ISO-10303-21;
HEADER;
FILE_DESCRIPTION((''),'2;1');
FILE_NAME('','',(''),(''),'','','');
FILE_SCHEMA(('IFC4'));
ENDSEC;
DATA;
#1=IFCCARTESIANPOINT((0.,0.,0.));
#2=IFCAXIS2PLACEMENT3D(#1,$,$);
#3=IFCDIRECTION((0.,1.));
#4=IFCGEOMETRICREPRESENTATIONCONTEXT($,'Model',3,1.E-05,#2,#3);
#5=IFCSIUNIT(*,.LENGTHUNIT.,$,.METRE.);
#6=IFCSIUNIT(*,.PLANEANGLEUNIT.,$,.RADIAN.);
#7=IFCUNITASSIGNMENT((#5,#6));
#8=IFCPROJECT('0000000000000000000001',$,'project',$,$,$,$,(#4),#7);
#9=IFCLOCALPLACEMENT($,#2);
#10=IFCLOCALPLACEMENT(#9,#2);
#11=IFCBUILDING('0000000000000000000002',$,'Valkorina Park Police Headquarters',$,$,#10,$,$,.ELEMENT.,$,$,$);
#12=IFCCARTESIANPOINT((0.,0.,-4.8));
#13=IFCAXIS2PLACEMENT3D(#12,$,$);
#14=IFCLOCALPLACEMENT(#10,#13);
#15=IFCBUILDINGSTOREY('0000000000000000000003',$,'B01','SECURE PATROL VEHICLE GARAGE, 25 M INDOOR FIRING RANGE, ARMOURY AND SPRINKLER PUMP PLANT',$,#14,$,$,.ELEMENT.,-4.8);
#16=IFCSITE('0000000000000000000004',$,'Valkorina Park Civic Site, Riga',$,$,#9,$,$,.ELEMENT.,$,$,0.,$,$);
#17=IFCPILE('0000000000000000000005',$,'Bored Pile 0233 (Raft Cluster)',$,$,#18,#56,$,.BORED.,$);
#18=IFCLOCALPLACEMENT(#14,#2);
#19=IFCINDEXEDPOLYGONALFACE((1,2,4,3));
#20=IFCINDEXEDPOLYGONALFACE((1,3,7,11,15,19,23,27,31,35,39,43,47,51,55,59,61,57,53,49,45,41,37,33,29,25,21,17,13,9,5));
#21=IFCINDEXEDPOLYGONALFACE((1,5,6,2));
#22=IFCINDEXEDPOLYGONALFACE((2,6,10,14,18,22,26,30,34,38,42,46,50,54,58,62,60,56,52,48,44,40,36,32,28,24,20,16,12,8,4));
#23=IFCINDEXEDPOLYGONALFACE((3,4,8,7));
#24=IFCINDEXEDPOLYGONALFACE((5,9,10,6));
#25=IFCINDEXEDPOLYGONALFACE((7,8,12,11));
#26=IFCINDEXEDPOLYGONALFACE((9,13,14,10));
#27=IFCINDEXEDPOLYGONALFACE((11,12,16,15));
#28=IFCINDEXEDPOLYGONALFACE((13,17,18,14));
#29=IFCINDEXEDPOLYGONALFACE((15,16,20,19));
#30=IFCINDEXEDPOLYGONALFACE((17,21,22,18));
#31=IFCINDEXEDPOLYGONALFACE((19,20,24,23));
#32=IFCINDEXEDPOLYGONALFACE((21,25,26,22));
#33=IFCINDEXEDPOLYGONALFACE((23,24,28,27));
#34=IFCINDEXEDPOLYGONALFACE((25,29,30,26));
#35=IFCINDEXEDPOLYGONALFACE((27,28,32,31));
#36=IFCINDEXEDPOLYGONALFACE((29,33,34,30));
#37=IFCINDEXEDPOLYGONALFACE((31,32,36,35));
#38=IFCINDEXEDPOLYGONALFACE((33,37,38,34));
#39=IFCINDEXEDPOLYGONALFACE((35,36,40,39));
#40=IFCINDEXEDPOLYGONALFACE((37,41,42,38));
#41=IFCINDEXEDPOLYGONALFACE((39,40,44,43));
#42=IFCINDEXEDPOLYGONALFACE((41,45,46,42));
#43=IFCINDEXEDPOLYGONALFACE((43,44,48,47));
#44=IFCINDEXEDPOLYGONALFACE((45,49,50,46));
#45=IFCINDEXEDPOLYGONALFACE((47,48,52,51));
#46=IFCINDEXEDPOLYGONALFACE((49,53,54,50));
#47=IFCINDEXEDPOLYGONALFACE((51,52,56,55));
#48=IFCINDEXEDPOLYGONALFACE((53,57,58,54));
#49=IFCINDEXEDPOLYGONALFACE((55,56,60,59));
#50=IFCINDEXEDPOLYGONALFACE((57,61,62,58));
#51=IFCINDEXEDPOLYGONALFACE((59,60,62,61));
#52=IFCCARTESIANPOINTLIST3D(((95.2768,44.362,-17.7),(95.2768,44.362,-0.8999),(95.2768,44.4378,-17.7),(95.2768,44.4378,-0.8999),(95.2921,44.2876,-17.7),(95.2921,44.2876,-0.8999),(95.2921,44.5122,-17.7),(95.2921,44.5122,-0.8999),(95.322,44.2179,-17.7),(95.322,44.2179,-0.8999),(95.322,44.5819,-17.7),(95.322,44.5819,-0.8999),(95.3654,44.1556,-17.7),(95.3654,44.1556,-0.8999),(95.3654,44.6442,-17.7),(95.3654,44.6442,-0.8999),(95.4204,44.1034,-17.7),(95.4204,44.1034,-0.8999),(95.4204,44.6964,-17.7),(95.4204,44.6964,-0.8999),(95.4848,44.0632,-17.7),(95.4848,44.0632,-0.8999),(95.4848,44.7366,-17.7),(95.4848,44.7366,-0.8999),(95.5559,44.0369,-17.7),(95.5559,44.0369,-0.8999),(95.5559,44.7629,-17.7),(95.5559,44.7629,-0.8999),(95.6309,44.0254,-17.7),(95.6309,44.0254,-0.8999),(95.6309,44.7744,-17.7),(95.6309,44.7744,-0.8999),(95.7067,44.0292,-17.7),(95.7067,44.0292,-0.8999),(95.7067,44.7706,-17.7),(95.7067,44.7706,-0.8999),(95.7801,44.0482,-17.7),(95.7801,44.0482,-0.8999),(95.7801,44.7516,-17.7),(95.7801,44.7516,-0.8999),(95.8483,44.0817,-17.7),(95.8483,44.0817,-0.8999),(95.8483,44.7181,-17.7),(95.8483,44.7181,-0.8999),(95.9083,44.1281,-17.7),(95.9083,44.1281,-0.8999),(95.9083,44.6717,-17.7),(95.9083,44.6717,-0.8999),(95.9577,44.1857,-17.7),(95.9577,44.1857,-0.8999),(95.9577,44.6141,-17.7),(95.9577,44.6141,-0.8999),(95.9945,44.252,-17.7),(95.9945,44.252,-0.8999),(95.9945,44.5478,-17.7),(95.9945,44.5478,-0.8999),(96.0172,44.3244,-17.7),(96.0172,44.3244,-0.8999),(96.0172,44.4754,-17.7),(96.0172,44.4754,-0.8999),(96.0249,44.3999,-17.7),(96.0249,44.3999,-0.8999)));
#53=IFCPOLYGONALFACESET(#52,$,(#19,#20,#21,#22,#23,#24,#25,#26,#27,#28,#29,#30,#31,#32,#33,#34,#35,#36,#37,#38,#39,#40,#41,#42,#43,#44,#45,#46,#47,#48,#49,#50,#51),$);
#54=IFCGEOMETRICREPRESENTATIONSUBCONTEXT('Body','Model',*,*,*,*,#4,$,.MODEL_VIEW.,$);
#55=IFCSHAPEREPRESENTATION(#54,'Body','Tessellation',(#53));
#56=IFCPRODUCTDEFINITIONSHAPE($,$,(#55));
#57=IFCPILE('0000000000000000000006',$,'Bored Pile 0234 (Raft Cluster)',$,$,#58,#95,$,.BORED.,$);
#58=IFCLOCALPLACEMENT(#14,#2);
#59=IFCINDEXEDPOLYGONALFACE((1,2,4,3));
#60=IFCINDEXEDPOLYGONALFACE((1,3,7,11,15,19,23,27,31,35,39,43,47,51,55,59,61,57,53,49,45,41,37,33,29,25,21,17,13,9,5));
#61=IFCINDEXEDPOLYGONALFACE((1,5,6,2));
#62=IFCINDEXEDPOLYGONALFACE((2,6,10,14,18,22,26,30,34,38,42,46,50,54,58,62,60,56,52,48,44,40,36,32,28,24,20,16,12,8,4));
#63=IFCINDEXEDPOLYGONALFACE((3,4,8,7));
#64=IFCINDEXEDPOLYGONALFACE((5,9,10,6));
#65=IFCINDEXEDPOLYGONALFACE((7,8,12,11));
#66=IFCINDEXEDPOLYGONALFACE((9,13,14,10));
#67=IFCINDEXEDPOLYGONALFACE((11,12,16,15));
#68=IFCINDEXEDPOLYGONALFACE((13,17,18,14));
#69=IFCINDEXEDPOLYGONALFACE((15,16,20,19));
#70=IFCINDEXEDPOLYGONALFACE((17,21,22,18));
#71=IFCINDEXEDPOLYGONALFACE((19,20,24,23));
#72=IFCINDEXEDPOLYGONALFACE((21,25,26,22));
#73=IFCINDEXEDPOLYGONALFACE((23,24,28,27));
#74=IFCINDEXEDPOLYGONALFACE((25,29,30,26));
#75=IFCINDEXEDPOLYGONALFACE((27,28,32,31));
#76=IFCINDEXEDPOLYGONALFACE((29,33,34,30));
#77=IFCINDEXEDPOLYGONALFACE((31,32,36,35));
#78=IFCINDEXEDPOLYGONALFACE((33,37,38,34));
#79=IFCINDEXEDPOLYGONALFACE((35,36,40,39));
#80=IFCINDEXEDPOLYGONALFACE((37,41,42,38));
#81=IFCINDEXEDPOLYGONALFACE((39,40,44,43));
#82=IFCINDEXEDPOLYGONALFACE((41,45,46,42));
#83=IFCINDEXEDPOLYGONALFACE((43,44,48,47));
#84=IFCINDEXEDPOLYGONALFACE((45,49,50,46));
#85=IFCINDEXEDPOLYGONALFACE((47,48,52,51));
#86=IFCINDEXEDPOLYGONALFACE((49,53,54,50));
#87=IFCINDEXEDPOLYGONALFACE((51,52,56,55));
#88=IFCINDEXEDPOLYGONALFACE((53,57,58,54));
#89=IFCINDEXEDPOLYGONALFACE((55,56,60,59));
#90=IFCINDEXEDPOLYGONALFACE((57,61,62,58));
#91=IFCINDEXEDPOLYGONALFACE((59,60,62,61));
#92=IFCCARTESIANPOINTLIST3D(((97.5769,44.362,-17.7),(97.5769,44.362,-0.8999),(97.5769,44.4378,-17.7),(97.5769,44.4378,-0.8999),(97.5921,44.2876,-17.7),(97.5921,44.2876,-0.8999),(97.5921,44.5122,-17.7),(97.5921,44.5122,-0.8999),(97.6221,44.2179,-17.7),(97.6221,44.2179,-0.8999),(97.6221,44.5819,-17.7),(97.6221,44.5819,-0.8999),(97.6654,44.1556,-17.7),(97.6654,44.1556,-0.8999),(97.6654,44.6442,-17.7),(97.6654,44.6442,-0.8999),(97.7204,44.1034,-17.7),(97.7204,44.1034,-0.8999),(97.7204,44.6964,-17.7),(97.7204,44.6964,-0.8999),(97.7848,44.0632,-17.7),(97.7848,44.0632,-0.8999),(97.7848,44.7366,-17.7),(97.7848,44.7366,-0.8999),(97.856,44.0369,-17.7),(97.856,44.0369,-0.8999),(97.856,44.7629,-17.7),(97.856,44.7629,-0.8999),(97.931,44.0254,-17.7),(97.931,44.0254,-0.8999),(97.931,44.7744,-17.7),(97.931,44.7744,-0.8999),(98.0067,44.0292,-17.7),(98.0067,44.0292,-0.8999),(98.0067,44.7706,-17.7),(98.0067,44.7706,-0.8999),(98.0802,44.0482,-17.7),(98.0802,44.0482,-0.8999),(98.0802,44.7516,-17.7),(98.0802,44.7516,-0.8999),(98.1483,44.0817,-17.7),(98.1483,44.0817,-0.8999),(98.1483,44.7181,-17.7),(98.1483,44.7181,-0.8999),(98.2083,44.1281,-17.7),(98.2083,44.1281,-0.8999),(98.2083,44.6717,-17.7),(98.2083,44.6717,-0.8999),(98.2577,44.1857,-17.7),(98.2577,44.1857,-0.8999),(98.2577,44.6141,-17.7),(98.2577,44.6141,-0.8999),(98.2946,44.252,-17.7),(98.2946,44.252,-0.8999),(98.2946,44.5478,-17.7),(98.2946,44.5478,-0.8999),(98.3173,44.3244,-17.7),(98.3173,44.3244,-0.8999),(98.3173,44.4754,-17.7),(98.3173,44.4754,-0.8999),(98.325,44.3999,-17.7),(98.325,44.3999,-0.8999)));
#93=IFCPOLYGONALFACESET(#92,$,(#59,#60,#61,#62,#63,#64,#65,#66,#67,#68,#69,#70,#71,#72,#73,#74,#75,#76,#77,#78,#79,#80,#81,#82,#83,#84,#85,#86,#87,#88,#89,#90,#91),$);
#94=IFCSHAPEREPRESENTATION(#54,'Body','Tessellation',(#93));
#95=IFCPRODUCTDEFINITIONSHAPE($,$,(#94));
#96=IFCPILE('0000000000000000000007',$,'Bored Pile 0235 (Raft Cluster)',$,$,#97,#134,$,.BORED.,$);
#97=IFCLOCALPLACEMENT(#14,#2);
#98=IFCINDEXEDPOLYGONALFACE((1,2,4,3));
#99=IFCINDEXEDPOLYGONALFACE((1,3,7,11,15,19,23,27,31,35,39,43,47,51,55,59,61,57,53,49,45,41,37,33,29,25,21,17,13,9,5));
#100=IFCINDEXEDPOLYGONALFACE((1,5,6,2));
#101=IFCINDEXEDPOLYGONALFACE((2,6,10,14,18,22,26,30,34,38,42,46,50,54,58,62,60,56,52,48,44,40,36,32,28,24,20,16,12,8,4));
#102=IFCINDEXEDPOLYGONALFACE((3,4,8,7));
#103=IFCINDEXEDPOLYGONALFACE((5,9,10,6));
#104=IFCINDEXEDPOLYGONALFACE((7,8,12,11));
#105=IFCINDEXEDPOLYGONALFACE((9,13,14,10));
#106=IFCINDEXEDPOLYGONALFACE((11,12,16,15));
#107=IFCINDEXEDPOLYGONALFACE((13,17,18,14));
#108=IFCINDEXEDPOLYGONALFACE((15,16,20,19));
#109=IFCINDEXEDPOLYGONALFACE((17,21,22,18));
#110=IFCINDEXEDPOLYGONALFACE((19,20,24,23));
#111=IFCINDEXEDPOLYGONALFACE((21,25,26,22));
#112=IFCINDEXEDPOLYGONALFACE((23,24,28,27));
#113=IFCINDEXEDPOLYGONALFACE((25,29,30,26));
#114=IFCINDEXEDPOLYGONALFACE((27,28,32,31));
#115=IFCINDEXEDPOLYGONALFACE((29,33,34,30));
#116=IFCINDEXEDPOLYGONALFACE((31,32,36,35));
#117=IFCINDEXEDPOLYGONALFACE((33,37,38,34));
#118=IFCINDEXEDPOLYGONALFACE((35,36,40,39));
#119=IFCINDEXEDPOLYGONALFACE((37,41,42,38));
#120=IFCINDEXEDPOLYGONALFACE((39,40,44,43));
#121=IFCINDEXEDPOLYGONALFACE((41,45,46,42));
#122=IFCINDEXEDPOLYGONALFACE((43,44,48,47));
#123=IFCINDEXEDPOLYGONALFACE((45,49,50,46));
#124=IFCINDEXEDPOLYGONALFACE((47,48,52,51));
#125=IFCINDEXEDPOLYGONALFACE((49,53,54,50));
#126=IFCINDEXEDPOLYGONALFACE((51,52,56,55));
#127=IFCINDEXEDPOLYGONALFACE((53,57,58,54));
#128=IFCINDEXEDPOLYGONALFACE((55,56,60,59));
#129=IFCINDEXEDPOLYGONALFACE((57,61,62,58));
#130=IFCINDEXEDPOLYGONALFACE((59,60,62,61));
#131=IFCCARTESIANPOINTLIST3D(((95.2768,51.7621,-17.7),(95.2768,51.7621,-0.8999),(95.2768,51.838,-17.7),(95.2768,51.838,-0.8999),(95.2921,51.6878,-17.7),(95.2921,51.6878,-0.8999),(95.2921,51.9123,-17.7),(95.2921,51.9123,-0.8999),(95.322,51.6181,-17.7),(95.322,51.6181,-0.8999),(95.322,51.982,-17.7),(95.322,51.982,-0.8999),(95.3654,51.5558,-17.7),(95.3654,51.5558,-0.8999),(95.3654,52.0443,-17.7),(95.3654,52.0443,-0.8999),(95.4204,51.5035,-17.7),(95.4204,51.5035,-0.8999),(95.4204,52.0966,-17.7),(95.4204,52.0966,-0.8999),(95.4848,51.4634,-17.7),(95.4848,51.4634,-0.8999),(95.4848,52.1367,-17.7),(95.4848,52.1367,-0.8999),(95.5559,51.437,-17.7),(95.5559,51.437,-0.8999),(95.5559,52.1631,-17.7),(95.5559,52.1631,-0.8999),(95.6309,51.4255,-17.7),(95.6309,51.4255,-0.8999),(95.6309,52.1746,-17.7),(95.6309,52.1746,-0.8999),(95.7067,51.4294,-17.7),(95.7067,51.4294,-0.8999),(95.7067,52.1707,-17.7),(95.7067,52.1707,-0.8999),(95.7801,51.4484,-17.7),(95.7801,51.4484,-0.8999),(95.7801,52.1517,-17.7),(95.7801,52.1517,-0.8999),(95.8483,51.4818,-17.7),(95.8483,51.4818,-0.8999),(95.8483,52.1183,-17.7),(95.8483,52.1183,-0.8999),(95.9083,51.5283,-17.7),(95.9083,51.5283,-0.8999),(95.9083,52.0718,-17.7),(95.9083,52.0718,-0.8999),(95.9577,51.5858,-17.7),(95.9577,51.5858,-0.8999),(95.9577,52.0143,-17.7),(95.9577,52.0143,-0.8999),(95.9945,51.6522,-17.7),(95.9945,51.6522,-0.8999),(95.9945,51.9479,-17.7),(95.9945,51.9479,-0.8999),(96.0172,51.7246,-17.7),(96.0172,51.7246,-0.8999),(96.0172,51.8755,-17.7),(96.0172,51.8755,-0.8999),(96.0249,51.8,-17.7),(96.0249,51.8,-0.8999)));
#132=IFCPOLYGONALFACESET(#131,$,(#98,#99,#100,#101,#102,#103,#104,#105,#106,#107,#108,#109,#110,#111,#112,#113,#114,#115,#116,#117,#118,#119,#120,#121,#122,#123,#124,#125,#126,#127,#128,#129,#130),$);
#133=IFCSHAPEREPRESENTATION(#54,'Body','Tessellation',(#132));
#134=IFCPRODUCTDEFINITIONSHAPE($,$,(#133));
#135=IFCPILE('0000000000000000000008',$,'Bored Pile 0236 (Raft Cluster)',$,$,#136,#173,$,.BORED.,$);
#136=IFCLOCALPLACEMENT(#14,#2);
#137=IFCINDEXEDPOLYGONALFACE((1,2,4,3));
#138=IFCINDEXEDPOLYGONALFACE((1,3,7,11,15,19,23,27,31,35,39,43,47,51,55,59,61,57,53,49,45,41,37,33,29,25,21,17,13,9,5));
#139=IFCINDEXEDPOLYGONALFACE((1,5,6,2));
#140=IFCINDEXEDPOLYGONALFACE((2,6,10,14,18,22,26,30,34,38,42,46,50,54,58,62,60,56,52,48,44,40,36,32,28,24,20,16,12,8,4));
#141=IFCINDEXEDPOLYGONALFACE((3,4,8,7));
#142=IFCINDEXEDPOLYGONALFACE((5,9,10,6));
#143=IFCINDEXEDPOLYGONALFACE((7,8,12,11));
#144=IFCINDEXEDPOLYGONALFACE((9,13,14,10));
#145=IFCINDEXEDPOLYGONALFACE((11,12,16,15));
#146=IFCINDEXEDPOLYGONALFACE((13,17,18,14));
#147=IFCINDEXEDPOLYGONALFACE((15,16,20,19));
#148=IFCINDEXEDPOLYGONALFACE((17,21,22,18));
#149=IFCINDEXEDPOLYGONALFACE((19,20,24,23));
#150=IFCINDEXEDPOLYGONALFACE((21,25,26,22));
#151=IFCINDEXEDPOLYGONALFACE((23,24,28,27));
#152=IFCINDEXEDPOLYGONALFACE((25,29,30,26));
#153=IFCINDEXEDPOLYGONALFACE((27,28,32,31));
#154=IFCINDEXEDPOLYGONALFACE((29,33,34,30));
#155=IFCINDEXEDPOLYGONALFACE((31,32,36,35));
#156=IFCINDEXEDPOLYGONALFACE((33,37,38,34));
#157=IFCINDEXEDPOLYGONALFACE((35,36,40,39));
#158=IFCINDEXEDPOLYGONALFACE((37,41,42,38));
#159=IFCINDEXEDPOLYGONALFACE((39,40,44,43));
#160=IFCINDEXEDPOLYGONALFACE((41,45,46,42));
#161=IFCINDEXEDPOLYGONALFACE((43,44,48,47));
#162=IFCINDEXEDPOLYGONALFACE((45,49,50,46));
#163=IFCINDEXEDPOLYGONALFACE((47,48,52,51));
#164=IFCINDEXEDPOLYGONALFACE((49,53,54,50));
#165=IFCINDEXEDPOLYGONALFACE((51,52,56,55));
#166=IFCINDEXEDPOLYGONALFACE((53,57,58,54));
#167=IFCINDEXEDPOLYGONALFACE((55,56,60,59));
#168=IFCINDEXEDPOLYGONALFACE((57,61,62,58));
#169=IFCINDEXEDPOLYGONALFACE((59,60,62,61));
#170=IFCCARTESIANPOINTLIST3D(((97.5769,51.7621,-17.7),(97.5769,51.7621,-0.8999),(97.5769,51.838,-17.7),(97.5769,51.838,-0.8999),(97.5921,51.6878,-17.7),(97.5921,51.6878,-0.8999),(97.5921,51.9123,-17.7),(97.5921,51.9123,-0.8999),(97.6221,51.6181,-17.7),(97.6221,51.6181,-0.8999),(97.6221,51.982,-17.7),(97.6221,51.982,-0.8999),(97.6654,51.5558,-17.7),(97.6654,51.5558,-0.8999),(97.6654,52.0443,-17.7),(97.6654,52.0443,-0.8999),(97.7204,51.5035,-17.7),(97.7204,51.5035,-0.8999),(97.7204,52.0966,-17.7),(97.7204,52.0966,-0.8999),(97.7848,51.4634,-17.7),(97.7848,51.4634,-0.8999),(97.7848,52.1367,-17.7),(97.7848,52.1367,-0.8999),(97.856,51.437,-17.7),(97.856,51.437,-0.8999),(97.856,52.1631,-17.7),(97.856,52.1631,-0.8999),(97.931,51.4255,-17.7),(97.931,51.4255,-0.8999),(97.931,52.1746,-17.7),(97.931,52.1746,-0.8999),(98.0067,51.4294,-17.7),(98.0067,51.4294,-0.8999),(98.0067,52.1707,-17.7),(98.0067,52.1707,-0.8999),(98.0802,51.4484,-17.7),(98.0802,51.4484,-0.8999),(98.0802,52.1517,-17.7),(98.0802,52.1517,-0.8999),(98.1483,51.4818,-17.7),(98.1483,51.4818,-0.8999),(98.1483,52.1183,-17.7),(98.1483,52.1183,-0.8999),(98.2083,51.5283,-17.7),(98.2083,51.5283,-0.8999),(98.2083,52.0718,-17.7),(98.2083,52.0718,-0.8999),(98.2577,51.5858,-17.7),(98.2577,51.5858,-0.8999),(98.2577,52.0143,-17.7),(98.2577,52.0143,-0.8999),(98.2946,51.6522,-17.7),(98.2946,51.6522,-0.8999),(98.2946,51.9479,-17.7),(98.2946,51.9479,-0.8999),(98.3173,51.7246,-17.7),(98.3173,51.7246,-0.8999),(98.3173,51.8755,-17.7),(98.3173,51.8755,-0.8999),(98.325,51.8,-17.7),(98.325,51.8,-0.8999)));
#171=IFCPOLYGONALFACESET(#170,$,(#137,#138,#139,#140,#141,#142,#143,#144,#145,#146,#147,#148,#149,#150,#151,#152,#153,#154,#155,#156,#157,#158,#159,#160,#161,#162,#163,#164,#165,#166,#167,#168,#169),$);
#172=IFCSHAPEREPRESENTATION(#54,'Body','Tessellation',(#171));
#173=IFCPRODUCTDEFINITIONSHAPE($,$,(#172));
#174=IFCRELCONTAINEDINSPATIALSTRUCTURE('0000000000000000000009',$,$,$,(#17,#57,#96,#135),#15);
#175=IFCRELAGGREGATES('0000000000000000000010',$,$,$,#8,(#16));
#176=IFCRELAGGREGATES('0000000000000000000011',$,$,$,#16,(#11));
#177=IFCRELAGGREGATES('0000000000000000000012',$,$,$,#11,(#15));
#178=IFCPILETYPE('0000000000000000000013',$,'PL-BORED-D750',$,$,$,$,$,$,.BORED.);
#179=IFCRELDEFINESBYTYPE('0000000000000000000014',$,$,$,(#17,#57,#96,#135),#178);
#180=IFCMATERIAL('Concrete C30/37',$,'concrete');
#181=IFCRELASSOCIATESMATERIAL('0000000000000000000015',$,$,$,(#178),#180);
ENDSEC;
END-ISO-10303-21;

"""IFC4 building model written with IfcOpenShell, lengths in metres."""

from ifc_helpers import new_model, si_unit, direction, frame, origin, origin_2d, place, context, subcontext, project, spatial, circle, extrude, material, material_profile, profile_set, type_object, element, save


model = new_model("IFC4")

# Units and contexts
model_context = context("Model", 3, precision=1e-05, world=origin(), true_north=direction((0.0, 1.0)))
body_context = subcontext(model_context, "Body", "Model", "MODEL_VIEW")
ifc_project = project(units=[si_unit("LENGTHUNIT", "METRE"), si_unit("PLANEANGLEUNIT", "RADIAN")], contexts=[model_context])

# Site, building, storey
site_placement = place(None, origin())
site = spatial("IfcSite", under=ifc_project, at=site_placement, Name="Valkorina Park Civic Site, Riga", CompositionType="ELEMENT", RefElevation=0.0)
building_placement = place(site_placement, origin())
building = spatial("IfcBuilding", under=site, at=building_placement, Name="Valkorina Park Police Headquarters", CompositionType="ELEMENT")
storey_placement = place(building_placement, frame((0.0, 0.0, -4.8)))
storey = spatial("IfcBuildingStorey", under=building, at=storey_placement, Name="B01", Description="SECURE PATROL VEHICLE GARAGE, 25 M INDOOR FIRING RANGE, ARMOURY AND SPRINKLER PUMP PLANT", CompositionType="ELEMENT", Elevation=-4.8)

# Piles
ifc_material_1 = material(Name="Concrete C30/37", Category="concrete")
ifc_material_profile_1 = material_profile(ifc_material_1, circle(Radius=0.375, at=origin_2d()), Name="BORED PILE D750")
ifc_profile_set_1 = profile_set([ifc_material_profile_1], Name="Concrete C30/37")
pile_type_1 = type_object("IfcPileType", Name="PL-BORED-D750", PredefinedType="BORED", material=ifc_profile_set_1)
for number, where, z_axis, x_axis, name in (
    (1, (95.6499, 44.3999, -0.8999), (0.0, 0.0, -1.0), (1.0, 0.0, 0.0), "Bored Pile 0233 (Raft Cluster)"),
    (2, (97.95, 44.3999, -0.8999), (0.0, 0.0, -1.0), (1.0, 0.0, 0.0), "Bored Pile 0234 (Raft Cluster)"),
    (3, (95.6499, 51.8, -0.8999), (0.0, 0.0, -1.0), (1.0, 0.0, 0.0), "Bored Pile 0235 (Raft Cluster)"),
    (4, (97.95, 51.8, -0.8999), (0.0, 0.0, -1.0), (1.0, 0.0, 0.0), "Bored Pile 0236 (Raft Cluster)"),
):
    element("IfcPile", number, at=place(storey_placement, frame(where, z_axis=z_axis, x_axis=x_axis)), inside=storey, type_object=pile_type_1, Name=name, PredefinedType="BORED", context=body_context, shape_type="SweptSolid", body=[
        extrude(circle(Radius=0.375, at=origin_2d()), origin(), (0.0, 0.0, 1.0), 16.8),
    ])

save(model, "model.ifc")
